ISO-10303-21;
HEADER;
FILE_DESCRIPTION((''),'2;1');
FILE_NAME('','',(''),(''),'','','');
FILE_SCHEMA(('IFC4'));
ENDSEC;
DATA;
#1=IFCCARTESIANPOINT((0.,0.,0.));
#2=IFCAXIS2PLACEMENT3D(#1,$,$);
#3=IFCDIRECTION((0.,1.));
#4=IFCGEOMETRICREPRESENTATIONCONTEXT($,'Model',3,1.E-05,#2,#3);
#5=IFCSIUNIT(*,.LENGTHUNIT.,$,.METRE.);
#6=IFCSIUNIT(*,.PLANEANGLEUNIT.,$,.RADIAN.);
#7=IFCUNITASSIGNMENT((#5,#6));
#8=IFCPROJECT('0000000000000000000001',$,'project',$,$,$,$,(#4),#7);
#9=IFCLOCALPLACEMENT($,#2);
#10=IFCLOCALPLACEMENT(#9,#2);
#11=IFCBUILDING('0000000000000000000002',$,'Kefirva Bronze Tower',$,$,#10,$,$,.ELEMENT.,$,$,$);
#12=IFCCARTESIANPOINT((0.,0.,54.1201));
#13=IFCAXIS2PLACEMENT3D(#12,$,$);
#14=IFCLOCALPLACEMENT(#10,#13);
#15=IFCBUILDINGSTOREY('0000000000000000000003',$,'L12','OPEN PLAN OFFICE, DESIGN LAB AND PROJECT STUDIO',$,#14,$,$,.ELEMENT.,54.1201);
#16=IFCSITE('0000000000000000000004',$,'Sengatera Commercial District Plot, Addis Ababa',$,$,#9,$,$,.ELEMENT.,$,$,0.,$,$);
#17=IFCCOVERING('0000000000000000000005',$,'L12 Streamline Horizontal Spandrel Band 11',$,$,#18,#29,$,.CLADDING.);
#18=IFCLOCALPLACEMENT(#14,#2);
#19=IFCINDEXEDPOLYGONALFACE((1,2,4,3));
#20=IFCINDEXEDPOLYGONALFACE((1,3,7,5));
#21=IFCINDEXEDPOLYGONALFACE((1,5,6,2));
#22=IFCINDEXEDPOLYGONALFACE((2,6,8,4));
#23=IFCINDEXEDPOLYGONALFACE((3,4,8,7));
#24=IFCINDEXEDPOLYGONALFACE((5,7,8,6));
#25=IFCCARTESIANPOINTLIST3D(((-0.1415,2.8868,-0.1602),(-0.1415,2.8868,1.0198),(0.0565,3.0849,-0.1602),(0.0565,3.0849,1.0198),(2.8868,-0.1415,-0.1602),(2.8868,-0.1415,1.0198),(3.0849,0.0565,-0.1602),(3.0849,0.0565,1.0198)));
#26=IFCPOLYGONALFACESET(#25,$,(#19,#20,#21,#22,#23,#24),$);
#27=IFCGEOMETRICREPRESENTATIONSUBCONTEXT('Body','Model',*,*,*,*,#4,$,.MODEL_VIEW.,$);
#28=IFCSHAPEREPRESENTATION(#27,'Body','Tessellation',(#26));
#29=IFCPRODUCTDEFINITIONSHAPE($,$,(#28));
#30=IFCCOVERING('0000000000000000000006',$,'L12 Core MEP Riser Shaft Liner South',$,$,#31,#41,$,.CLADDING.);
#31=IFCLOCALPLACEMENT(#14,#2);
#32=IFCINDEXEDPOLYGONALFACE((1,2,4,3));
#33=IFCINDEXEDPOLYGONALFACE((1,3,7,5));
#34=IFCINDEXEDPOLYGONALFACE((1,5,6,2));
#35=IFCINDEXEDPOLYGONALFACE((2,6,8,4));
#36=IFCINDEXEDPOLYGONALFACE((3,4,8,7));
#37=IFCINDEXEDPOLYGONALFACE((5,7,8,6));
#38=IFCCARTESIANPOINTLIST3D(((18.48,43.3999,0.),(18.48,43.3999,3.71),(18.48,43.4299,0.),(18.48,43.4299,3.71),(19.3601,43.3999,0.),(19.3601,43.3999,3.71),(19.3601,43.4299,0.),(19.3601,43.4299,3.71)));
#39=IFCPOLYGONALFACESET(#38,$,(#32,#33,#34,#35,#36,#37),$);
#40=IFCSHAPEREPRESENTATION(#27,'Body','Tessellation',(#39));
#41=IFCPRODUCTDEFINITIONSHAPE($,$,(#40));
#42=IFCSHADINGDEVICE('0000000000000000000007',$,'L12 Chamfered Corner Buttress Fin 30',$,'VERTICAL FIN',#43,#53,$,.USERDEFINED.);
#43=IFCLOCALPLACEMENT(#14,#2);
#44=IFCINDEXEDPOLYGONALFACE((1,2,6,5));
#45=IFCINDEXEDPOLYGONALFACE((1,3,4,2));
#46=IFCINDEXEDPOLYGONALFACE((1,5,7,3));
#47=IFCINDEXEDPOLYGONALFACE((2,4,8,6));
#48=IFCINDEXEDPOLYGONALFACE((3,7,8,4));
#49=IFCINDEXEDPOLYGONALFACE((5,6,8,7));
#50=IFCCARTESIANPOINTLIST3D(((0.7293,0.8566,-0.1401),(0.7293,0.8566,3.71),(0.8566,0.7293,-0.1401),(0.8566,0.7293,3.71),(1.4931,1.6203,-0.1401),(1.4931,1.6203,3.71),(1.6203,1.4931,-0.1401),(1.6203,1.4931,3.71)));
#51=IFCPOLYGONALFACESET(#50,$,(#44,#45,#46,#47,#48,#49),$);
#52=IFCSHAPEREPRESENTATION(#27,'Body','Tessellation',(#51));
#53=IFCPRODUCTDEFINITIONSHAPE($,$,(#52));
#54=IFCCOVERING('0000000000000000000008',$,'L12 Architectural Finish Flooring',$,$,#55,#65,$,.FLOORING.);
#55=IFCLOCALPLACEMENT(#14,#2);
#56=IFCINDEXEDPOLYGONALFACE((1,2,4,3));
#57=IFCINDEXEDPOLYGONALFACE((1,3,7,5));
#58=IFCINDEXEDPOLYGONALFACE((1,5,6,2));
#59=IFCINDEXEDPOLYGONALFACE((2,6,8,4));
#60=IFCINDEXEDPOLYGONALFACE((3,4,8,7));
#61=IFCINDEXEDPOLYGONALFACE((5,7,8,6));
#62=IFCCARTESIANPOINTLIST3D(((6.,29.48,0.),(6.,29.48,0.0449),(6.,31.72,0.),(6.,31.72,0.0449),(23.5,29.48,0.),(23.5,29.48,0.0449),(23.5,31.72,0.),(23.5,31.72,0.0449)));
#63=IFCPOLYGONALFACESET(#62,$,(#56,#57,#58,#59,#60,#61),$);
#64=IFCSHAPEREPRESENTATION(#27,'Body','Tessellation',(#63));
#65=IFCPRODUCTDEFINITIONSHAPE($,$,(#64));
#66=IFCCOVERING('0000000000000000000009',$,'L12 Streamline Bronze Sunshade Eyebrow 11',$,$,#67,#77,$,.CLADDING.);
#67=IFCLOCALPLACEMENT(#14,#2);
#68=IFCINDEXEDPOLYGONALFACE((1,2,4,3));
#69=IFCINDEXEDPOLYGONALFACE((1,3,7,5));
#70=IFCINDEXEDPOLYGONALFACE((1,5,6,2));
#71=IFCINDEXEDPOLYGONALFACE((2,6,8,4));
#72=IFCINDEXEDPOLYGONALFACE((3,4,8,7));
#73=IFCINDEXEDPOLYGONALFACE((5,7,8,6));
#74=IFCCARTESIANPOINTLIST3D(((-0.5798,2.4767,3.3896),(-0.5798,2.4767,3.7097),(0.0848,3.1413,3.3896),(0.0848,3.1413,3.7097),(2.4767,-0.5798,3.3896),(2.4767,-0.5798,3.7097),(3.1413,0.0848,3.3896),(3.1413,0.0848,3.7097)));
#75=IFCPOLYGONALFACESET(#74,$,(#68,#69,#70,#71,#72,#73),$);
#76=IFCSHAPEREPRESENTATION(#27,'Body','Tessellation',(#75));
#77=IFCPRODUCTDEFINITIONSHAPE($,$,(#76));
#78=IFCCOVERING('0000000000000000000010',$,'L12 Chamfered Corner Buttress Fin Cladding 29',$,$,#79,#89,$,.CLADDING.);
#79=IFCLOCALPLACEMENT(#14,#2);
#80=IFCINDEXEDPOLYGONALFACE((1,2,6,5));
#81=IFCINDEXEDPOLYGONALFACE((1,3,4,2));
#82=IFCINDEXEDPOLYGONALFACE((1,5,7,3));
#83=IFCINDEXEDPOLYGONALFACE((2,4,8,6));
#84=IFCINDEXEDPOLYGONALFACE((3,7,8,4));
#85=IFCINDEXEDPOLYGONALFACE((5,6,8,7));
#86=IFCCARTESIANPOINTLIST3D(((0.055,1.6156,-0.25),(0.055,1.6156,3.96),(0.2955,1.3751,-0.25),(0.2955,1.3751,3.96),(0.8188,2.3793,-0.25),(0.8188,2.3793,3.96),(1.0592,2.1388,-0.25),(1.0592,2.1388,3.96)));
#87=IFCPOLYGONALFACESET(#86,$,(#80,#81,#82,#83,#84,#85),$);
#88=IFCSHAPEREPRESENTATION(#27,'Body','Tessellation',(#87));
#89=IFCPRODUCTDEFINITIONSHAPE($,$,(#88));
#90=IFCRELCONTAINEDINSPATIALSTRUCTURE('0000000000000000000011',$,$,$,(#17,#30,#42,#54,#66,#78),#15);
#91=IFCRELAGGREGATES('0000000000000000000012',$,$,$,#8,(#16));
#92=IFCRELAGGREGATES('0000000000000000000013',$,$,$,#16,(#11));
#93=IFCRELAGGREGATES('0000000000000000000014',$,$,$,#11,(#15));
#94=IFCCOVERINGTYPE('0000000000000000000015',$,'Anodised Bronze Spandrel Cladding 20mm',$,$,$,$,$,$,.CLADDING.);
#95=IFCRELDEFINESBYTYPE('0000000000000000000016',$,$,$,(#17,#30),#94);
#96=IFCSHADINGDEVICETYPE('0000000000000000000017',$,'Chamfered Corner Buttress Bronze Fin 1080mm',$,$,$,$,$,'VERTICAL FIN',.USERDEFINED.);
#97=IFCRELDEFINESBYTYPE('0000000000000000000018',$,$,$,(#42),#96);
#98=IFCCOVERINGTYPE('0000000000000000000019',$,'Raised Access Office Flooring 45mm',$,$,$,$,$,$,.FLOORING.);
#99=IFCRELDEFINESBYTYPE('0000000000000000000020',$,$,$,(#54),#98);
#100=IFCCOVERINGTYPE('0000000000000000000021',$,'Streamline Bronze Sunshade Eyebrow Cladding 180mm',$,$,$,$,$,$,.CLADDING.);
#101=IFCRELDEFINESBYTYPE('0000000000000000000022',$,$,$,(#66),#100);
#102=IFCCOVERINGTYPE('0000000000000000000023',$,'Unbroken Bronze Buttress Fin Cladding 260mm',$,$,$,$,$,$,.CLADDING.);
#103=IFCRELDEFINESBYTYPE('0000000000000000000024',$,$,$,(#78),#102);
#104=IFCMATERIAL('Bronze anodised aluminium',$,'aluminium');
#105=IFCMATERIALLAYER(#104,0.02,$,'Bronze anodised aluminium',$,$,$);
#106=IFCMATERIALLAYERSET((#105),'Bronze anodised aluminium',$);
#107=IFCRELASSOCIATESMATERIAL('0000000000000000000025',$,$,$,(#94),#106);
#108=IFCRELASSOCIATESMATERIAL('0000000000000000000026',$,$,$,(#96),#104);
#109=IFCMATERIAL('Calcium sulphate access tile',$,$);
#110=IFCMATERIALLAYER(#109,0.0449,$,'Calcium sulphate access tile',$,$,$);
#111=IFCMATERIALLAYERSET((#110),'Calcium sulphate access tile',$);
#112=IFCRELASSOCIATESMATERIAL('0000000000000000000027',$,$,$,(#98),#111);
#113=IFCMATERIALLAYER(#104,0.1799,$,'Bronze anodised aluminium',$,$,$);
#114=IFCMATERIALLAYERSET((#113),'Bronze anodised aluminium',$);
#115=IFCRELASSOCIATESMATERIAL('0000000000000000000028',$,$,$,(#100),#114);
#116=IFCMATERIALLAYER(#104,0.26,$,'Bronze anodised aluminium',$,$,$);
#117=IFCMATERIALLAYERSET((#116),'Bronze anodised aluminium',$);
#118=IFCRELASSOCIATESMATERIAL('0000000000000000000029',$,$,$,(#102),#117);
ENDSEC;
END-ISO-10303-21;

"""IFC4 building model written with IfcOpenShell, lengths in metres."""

from ifc_helpers import new_model, si_unit, direction, frame, origin, origin_2d, place, context, subcontext, project, spatial, polyline, rectangle, outline, extrude, material, layer, layer_set, material_profile, profile_set, type_object, element, save


model = new_model("IFC4")

# Units and contexts
model_context = context("Model", 3, precision=1e-05, world=origin(), true_north=direction((0.0, 1.0)))
body_context = subcontext(model_context, "Body", "Model", "MODEL_VIEW")
ifc_project = project(units=[si_unit("LENGTHUNIT", "METRE"), si_unit("PLANEANGLEUNIT", "RADIAN")], contexts=[model_context])

# Site, building, storey
site_placement = place(None, origin())
site = spatial("IfcSite", under=ifc_project, at=site_placement, Name="Sengatera Commercial District Plot, Addis Ababa", CompositionType="ELEMENT", RefElevation=0.0)
building_placement = place(site_placement, origin())
building = spatial("IfcBuilding", under=site, at=building_placement, Name="Kefirva Bronze Tower", CompositionType="ELEMENT")
storey_placement = place(building_placement, frame((0.0, 0.0, 54.1201)))
storey = spatial("IfcBuildingStorey", under=building, at=storey_placement, Name="L12", Description="OPEN PLAN OFFICE, DESIGN LAB AND PROJECT STUDIO", CompositionType="ELEMENT", Elevation=54.1201)

# Shared definitions
ifc_material_1 = material(Name="Bronze anodised aluminium", Category="aluminium")

# Coverings
ifc_layer_1 = layer(ifc_material_1, 0.02, Name="Bronze anodised aluminium")
ifc_layer_set_1 = layer_set([ifc_layer_1], Name="Bronze anodised aluminium")
covering_type_1 = type_object("IfcCoveringType", Name="Anodised Bronze Spandrel Cladding 20mm", PredefinedType="CLADDING", material=ifc_layer_set_1)
covering_1_placement = place(storey_placement, frame((1.4717, 1.4717, -0.1602), z_axis=(0.0, 0.0, 1.0), x_axis=(0.707107, -0.707107, 0.0)))
element("IfcCovering", 1, at=covering_1_placement, inside=storey, type_object=covering_type_1, Name="L12 Streamline Horizontal Spandrel Band 11", PredefinedType="CLADDING", context=body_context, shape_type="SweptSolid", body=[
    extrude(rectangle(XDim=4.2827, YDim=0.28, at=origin_2d()), origin(), (0.0, 0.0, 1.0), 1.1799),
])
covering_2_placement = place(storey_placement, origin())
element("IfcCovering", 2, at=covering_2_placement, inside=storey, type_object=covering_type_1, Name="L12 Core MEP Riser Shaft Liner South", PredefinedType="CLADDING", context=body_context, shape_type="SweptSolid", body=[
    extrude(outline(polyline([(18.48, 43.3999), (19.3601, 43.3999), (19.3601, 43.4299), (18.48, 43.4299), (18.48, 43.3999)])), origin(), (0.0, 0.0, 1.0), 3.71),
])

# Shading device
ifc_material_profile_1 = material_profile(ifc_material_1, rectangle(XDim=0.1799, YDim=1.0801, at=origin_2d()), Name="BRONZE BUTTRESS FIN 180x1080")
ifc_profile_set_1 = profile_set([ifc_material_profile_1], Name="Bronze anodised aluminium")
shading_device_type = type_object("IfcShadingDeviceType", Name="Chamfered Corner Buttress Bronze Fin 1080mm", ElementType="VERTICAL FIN", PredefinedType="USERDEFINED", material=ifc_profile_set_1)
shading_device_placement = place(storey_placement, frame((1.1748, 1.1748, -0.1401), z_axis=(0.0, 0.0, 1.0), x_axis=(0.707107, -0.707107, 0.0)))
element("IfcShadingDevice", 3, at=shading_device_placement, inside=storey, type_object=shading_device_type, Name="L12 Chamfered Corner Buttress Fin 30", ObjectType="VERTICAL FIN", PredefinedType="USERDEFINED", context=body_context, shape_type="SweptSolid", body=[
    extrude(rectangle(XDim=0.1799, YDim=1.0801, at=origin_2d()), origin(), (0.0, 0.0, 1.0), 3.8501),
])

# Coverings
ifc_material_2 = material(Name="Calcium sulphate access tile")
ifc_layer_2 = layer(ifc_material_2, 0.0449, Name="Calcium sulphate access tile")
ifc_layer_set_2 = layer_set([ifc_layer_2], Name="Calcium sulphate access tile")
covering_type_2 = type_object("IfcCoveringType", Name="Raised Access Office Flooring 45mm", PredefinedType="FLOORING", material=ifc_layer_set_2)
covering_3_placement = place(storey_placement, origin())
element("IfcCovering", 4, at=covering_3_placement, inside=storey, type_object=covering_type_2, Name="L12 Architectural Finish Flooring", PredefinedType="FLOORING", context=body_context, shape_type="SweptSolid", body=[
    extrude(outline(polyline([(6.0, 29.48), (23.5, 29.48), (23.5, 31.72), (6.0, 31.72), (6.0, 29.48)])), origin(), (0.0, 0.0, 1.0), 0.0449),
])
ifc_layer_3 = layer(ifc_material_1, 0.1799, Name="Bronze anodised aluminium")
ifc_layer_set_3 = layer_set([ifc_layer_3], Name="Bronze anodised aluminium")
covering_type_3 = type_object("IfcCoveringType", Name="Streamline Bronze Sunshade Eyebrow Cladding 180mm", PredefinedType="CLADDING", material=ifc_layer_set_3)
covering_4_placement = place(storey_placement, frame((1.2808, 1.2808, 3.3896), z_axis=(0.0, 0.0, 1.0), x_axis=(0.707107, -0.707107, 0.0)))
element("IfcCovering", 5, at=covering_4_placement, inside=storey, type_object=covering_type_3, Name="L12 Streamline Bronze Sunshade Eyebrow 11", PredefinedType="CLADDING", context=body_context, shape_type="SweptSolid", body=[
    extrude(rectangle(XDim=4.3225, YDim=0.9399, at=origin_2d()), origin(), (0.0, 0.0, 1.0), 0.3201),
])
ifc_layer_4 = layer(ifc_material_1, 0.26, Name="Bronze anodised aluminium")
ifc_layer_set_4 = layer_set([ifc_layer_4], Name="Bronze anodised aluminium")
covering_type_4 = type_object("IfcCoveringType", Name="Unbroken Bronze Buttress Fin Cladding 260mm", PredefinedType="CLADDING", material=ifc_layer_set_4)
covering_5_placement = place(storey_placement, frame((0.5571, 1.8772, -0.25), z_axis=(0.0, 0.0, 1.0), x_axis=(0.707107, -0.707107, 0.0)))
element("IfcCovering", 6, at=covering_5_placement, inside=storey, type_object=covering_type_4, Name="L12 Chamfered Corner Buttress Fin Cladding 29", PredefinedType="CLADDING", context=body_context, shape_type="SweptSolid", body=[
    extrude(rectangle(XDim=0.3401, YDim=1.0801, at=origin_2d()), origin(), (0.0, 0.0, 1.0), 4.21),
])

save(model, "model.ifc")
